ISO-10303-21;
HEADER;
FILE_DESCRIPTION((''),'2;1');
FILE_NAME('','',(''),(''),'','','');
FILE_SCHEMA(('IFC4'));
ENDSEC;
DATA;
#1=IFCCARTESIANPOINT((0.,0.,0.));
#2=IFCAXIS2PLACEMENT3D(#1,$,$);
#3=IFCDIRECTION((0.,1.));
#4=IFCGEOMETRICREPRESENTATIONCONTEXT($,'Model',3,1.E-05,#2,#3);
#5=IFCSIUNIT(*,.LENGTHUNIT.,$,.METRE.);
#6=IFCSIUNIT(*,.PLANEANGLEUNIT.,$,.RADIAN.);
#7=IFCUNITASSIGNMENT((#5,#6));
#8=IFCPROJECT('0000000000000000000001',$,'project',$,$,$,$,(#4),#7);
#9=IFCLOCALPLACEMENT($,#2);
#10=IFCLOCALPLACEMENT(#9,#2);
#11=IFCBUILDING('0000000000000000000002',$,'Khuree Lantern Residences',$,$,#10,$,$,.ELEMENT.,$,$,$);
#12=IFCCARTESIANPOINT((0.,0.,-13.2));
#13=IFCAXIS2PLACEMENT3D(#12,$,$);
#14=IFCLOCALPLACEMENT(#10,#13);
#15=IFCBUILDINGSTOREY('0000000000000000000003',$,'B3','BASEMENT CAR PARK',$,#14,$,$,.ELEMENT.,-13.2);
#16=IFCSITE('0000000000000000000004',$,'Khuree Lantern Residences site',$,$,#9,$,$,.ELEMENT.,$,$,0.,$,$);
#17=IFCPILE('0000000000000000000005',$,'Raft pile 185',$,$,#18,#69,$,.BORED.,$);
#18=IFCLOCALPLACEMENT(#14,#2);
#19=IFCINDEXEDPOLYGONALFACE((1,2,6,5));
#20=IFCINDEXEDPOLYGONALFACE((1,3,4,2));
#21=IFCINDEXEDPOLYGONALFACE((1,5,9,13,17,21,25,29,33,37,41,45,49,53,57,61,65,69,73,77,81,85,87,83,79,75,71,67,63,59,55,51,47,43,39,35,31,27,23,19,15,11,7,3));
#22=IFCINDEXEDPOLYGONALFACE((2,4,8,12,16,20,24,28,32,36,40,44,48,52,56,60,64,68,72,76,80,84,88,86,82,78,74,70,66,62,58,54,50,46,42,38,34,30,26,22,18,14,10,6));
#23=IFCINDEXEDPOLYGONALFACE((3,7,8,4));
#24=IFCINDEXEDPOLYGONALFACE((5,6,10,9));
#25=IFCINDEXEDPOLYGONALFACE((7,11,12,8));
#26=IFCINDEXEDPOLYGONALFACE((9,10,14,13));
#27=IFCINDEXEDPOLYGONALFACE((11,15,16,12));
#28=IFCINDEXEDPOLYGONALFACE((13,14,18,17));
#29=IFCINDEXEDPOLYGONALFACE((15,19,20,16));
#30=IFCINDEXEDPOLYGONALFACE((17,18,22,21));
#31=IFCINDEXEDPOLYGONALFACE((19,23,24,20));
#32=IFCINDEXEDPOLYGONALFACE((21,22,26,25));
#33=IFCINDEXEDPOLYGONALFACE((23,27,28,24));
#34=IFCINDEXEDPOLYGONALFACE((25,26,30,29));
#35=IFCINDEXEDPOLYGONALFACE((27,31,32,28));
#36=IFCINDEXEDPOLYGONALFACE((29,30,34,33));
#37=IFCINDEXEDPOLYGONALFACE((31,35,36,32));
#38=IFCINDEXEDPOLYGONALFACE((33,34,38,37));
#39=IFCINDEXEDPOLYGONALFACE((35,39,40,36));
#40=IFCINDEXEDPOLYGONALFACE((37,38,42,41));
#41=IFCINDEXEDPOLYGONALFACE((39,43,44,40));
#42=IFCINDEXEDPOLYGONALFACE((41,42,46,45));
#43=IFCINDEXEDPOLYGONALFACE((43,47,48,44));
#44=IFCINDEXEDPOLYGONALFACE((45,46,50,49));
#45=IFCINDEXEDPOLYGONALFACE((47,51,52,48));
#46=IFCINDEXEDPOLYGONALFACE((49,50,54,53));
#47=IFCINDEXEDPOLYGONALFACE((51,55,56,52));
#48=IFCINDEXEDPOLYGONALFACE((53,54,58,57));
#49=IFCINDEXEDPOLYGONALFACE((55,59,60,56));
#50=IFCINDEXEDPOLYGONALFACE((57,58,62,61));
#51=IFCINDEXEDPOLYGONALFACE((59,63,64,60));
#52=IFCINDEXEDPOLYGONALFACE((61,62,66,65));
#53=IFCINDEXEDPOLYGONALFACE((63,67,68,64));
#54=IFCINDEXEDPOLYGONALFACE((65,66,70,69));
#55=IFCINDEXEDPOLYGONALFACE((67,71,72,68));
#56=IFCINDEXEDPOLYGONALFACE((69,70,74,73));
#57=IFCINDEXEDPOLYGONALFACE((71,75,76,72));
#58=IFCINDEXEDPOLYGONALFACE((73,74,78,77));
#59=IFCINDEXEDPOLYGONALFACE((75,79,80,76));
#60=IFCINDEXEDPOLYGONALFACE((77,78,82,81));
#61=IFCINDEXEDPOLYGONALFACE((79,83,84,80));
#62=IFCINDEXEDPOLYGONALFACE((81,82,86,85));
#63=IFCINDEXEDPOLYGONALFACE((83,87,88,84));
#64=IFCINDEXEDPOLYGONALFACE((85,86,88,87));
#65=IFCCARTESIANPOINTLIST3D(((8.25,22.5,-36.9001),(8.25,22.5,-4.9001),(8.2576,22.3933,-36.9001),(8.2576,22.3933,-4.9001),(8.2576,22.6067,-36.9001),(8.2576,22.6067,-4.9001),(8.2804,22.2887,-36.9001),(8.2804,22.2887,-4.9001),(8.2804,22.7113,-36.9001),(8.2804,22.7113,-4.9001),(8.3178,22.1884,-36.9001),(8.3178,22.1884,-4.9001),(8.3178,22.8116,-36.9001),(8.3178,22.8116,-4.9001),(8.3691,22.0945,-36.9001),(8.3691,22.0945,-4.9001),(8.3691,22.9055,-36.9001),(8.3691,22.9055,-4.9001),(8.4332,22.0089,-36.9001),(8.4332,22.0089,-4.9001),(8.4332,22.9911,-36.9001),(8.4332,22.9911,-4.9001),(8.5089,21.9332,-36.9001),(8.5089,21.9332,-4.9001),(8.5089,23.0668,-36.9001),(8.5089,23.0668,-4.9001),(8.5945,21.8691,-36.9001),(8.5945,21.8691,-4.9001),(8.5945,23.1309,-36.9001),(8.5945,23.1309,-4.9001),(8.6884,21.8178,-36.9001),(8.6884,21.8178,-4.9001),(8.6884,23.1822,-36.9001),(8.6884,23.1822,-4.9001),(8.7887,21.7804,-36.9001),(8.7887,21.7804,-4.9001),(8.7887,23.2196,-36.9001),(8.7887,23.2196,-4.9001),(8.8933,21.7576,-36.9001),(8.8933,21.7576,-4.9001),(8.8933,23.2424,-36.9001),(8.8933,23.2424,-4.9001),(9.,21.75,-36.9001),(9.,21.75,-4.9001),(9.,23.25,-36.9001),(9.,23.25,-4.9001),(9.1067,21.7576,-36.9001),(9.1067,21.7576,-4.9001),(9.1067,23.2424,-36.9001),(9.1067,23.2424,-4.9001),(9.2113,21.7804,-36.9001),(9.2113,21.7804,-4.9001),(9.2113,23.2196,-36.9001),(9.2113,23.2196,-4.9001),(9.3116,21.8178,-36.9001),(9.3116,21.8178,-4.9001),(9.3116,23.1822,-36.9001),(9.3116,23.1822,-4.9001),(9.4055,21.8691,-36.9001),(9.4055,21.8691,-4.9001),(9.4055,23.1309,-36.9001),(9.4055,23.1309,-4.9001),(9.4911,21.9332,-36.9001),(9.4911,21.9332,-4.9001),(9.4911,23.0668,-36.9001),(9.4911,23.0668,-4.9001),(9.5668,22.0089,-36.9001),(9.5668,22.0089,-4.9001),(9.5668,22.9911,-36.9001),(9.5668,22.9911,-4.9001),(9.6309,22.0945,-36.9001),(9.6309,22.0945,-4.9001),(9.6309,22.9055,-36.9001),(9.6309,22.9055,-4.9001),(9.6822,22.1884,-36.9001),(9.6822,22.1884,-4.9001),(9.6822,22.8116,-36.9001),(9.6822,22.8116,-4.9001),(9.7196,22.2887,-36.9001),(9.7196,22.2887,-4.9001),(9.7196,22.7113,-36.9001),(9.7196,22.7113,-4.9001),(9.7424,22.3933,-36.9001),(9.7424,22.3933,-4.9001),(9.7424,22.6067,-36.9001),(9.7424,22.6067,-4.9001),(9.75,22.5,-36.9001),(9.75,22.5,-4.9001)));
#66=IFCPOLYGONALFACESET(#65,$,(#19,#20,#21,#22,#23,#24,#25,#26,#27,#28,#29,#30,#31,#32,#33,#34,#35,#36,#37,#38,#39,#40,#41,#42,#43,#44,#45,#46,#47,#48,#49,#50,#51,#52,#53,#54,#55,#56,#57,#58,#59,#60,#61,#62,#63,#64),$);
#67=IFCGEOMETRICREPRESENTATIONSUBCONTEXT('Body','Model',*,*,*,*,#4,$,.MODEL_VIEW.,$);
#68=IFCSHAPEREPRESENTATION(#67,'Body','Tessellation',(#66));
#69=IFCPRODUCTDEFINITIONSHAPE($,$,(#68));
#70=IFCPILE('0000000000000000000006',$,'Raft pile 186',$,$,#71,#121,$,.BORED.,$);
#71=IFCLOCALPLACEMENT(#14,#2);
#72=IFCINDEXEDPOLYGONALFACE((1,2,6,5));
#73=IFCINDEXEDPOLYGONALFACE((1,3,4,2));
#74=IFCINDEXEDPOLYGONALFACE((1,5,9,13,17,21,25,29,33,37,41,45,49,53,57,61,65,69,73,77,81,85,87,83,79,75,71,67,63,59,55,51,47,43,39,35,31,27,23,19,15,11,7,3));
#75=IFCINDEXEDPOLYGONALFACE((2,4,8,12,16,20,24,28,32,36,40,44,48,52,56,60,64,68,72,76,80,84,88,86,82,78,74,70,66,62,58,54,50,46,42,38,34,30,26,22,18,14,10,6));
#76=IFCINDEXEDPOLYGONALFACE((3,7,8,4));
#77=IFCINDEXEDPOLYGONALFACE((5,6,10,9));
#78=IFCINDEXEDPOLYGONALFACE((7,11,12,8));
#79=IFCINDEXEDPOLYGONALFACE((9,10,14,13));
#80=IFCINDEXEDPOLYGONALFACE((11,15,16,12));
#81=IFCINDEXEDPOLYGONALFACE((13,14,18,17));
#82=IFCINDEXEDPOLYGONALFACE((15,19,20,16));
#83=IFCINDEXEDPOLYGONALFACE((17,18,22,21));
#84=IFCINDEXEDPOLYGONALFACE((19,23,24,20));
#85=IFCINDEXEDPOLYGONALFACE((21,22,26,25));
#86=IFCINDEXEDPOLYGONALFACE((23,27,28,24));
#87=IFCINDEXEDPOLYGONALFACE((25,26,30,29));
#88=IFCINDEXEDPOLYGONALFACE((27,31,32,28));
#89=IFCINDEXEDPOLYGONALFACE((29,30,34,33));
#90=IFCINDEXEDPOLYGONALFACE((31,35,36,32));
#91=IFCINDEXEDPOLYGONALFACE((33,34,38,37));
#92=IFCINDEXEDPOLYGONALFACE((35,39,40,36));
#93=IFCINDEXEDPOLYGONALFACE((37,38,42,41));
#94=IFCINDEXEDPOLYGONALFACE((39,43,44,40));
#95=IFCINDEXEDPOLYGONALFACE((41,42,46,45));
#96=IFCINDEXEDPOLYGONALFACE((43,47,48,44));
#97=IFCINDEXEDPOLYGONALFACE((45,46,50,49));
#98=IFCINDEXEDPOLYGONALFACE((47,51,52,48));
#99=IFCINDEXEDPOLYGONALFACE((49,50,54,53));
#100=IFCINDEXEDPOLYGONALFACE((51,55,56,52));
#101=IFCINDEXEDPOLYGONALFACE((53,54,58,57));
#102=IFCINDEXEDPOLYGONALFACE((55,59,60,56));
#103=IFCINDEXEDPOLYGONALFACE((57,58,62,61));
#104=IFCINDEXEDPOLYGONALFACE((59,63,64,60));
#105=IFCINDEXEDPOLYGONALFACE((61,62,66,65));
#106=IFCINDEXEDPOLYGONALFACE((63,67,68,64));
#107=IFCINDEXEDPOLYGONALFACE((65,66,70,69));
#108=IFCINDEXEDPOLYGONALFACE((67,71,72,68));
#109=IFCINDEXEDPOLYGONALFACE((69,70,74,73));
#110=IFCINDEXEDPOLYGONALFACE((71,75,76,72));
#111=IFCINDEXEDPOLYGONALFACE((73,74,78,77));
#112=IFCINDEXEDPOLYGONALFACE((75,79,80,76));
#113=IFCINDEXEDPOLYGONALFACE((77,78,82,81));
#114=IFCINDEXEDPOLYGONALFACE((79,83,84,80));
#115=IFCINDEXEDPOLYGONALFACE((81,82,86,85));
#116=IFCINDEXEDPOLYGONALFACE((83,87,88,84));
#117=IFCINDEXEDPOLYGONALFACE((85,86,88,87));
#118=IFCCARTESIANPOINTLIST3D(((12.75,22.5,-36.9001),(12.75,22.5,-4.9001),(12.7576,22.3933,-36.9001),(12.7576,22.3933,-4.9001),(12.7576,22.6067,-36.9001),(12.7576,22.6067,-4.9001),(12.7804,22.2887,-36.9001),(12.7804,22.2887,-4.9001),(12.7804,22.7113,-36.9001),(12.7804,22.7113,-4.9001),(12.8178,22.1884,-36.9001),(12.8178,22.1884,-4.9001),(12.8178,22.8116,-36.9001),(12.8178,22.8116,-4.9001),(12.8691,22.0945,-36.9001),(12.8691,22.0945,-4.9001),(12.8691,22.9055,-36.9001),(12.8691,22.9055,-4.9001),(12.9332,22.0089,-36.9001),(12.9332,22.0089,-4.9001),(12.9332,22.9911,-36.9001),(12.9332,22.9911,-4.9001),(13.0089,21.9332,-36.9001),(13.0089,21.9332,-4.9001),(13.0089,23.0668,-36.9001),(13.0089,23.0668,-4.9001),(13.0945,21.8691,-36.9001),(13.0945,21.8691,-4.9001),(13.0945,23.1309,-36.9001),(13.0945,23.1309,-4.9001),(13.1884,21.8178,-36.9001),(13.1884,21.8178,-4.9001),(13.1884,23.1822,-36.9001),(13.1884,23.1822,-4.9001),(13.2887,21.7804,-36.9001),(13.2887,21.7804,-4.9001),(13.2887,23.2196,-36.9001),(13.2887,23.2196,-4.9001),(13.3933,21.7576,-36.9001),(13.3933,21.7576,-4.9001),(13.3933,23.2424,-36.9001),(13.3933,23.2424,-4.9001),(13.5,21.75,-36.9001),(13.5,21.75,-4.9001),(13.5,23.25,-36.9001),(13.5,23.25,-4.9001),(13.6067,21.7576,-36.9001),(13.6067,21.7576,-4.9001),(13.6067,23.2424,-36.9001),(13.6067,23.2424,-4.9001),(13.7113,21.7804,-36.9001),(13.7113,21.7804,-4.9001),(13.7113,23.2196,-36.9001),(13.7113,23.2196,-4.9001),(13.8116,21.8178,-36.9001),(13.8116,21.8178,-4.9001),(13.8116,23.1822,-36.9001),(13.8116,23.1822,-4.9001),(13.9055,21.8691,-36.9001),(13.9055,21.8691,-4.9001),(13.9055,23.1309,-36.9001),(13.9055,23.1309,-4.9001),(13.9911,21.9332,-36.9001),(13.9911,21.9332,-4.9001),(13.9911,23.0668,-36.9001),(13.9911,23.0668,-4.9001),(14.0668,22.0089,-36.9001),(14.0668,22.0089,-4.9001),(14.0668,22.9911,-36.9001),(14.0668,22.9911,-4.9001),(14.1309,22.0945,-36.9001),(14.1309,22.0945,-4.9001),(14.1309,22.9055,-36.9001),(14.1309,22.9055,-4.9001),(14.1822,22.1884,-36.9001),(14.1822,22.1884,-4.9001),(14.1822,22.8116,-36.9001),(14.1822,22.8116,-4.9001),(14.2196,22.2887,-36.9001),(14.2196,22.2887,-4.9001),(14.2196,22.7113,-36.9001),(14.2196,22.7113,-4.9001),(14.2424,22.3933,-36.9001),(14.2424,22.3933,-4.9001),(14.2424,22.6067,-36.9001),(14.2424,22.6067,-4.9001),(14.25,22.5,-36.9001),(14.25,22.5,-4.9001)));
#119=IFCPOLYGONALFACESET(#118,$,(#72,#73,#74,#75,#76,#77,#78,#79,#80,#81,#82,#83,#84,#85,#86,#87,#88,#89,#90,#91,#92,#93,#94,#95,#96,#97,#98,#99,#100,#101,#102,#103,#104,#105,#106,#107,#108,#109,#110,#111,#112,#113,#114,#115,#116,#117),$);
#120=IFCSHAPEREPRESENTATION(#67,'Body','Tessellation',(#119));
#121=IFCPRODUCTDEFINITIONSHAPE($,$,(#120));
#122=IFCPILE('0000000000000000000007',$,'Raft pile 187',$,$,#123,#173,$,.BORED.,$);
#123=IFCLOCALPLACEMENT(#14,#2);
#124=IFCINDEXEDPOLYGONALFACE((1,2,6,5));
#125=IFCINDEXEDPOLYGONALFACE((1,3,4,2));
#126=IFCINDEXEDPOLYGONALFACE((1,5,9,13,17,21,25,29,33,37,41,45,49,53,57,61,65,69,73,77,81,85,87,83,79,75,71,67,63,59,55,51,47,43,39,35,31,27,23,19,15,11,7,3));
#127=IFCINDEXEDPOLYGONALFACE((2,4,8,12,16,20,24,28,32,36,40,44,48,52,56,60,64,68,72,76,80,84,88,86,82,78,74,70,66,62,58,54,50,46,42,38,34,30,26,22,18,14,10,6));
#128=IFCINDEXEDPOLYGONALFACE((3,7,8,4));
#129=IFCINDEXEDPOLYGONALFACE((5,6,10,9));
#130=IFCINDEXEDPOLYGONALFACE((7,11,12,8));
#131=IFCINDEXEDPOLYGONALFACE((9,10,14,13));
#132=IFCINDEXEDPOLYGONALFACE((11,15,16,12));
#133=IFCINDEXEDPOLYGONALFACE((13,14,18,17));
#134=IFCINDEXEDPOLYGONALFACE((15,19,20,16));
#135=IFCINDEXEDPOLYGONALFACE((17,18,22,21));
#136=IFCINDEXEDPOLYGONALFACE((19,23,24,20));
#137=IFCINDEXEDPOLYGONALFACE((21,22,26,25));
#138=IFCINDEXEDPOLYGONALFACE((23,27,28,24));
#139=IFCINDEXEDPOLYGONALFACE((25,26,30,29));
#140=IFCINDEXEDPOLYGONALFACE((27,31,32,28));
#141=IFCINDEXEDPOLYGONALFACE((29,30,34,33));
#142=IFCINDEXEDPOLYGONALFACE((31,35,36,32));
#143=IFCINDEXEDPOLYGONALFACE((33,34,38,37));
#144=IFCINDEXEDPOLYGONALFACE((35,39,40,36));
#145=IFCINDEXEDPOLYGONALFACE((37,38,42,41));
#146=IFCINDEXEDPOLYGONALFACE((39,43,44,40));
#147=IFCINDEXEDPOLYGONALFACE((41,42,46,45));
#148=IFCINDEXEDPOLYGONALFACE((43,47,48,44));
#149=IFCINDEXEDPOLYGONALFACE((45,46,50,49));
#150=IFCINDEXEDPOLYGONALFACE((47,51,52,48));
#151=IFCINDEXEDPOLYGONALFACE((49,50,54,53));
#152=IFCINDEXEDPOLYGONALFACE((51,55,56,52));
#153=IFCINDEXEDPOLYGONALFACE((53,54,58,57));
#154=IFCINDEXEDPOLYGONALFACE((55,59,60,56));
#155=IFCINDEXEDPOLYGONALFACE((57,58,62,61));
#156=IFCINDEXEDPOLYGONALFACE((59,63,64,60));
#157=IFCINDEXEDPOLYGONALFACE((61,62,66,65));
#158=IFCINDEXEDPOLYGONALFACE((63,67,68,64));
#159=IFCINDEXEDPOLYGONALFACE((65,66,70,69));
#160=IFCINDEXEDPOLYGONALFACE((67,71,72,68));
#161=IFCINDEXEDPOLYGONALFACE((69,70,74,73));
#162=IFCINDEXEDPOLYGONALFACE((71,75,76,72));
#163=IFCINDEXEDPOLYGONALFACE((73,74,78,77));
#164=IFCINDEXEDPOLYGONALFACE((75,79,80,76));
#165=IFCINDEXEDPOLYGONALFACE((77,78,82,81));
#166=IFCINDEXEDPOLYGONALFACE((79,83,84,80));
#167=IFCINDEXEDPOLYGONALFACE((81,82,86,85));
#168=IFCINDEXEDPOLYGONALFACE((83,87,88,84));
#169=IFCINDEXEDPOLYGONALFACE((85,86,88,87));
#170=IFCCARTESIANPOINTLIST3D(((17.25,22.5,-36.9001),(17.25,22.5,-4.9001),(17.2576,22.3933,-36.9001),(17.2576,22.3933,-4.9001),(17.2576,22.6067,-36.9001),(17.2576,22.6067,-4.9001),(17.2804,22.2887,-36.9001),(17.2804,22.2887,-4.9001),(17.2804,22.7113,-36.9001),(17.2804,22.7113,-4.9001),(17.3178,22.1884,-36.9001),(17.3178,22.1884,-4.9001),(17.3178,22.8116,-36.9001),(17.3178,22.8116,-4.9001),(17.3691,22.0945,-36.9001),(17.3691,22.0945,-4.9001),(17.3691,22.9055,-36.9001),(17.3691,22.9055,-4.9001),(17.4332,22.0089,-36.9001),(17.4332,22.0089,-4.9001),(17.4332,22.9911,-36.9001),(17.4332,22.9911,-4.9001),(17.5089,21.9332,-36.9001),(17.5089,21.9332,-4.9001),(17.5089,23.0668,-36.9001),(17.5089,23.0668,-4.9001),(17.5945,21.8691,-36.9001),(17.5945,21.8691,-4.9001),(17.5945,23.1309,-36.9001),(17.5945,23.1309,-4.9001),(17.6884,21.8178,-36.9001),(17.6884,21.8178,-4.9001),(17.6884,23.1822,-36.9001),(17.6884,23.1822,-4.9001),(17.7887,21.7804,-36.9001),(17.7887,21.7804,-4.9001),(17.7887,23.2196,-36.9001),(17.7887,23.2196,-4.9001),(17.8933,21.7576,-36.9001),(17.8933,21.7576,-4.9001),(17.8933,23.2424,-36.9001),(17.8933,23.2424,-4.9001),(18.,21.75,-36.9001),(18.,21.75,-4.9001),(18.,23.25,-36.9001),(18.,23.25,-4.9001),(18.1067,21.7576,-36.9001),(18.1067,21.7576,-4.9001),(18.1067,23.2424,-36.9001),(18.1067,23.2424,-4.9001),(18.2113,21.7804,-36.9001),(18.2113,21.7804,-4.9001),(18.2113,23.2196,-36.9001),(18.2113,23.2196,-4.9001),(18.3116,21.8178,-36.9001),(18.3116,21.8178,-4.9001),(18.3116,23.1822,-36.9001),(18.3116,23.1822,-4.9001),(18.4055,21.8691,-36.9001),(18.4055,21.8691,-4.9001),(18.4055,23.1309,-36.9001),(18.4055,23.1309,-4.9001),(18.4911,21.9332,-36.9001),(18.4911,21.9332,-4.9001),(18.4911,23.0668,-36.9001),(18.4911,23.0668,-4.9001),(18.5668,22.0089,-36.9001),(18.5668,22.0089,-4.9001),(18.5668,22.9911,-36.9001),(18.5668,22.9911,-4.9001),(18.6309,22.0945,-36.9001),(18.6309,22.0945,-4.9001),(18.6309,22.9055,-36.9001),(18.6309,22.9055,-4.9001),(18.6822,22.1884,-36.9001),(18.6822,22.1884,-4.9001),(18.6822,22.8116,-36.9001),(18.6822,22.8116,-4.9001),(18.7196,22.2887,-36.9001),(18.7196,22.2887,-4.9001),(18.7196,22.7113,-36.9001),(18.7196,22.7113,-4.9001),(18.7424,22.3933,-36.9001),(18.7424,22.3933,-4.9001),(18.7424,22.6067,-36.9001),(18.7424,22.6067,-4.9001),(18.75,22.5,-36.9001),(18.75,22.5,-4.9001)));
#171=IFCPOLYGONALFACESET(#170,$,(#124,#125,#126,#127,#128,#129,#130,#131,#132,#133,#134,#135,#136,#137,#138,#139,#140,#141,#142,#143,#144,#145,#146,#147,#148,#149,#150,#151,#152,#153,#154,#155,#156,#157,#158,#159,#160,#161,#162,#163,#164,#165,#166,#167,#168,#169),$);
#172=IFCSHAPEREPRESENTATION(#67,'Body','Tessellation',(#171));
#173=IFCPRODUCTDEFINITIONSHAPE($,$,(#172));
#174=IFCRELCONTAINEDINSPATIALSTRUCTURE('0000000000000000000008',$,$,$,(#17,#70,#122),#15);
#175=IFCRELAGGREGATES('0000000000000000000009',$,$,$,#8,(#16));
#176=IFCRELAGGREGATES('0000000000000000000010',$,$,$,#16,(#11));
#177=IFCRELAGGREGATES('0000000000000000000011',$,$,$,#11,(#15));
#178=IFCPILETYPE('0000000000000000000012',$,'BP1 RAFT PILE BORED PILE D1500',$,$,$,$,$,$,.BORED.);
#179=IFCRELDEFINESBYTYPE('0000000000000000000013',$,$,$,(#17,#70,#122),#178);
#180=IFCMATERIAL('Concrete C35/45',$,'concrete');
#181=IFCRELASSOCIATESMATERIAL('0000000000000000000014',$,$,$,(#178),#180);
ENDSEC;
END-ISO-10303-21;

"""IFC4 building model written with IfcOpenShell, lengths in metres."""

from ifc_helpers import new_model, si_unit, direction, frame, origin, origin_2d, place, context, subcontext, project, spatial, circle, extrude, material, material_profile, profile_set, type_object, element, save


model = new_model("IFC4")

# Units and contexts
model_context = context("Model", 3, precision=1e-05, world=origin(), true_north=direction((0.0, 1.0)))
body_context = subcontext(model_context, "Body", "Model", "MODEL_VIEW")
ifc_project = project(units=[si_unit("LENGTHUNIT", "METRE"), si_unit("PLANEANGLEUNIT", "RADIAN")], contexts=[model_context])

# Site, building, storey
site_placement = place(None, origin())
site = spatial("IfcSite", under=ifc_project, at=site_placement, Name="Khuree Lantern Residences site", CompositionType="ELEMENT", RefElevation=0.0)
building_placement = place(site_placement, origin())
building = spatial("IfcBuilding", under=site, at=building_placement, Name="Khuree Lantern Residences", CompositionType="ELEMENT")
storey_placement = place(building_placement, frame((0.0, 0.0, -13.2)))
storey = spatial("IfcBuildingStorey", under=building, at=storey_placement, Name="B3", Description="BASEMENT CAR PARK", CompositionType="ELEMENT", Elevation=-13.2)

# Piles
ifc_material_1 = material(Name="Concrete C35/45", Category="concrete")
ifc_material_profile_1 = material_profile(ifc_material_1, circle(Radius=0.75, at=origin_2d()), Name="BORED PILE D1500")
ifc_profile_set_1 = profile_set([ifc_material_profile_1], Name="Concrete C35/45")
pile_type = type_object("IfcPileType", Name="BP1 RAFT PILE BORED PILE D1500", PredefinedType="BORED", material=ifc_profile_set_1)
for number, where, z_axis, x_axis, name in (
    (1, (9.0, 22.5, -4.9001), (0.0, 0.0, -1.0), (1.0, 0.0, 0.0), "Raft pile 185"),
    (2, (13.5, 22.5, -4.9001), (0.0, 0.0, -1.0), (1.0, 0.0, 0.0), "Raft pile 186"),
    (3, (18.0, 22.5, -4.9001), (0.0, 0.0, -1.0), (1.0, 0.0, 0.0), "Raft pile 187"),
):
    element("IfcPile", number, at=place(storey_placement, frame(where, z_axis=z_axis, x_axis=x_axis)), inside=storey, type_object=pile_type, Name=name, PredefinedType="BORED", context=body_context, shape_type="SweptSolid", body=[
        extrude(circle(Radius=0.75, at=origin_2d()), origin(), (0.0, 0.0, 1.0), 32.0),
    ])

save(model, "model.ifc")
